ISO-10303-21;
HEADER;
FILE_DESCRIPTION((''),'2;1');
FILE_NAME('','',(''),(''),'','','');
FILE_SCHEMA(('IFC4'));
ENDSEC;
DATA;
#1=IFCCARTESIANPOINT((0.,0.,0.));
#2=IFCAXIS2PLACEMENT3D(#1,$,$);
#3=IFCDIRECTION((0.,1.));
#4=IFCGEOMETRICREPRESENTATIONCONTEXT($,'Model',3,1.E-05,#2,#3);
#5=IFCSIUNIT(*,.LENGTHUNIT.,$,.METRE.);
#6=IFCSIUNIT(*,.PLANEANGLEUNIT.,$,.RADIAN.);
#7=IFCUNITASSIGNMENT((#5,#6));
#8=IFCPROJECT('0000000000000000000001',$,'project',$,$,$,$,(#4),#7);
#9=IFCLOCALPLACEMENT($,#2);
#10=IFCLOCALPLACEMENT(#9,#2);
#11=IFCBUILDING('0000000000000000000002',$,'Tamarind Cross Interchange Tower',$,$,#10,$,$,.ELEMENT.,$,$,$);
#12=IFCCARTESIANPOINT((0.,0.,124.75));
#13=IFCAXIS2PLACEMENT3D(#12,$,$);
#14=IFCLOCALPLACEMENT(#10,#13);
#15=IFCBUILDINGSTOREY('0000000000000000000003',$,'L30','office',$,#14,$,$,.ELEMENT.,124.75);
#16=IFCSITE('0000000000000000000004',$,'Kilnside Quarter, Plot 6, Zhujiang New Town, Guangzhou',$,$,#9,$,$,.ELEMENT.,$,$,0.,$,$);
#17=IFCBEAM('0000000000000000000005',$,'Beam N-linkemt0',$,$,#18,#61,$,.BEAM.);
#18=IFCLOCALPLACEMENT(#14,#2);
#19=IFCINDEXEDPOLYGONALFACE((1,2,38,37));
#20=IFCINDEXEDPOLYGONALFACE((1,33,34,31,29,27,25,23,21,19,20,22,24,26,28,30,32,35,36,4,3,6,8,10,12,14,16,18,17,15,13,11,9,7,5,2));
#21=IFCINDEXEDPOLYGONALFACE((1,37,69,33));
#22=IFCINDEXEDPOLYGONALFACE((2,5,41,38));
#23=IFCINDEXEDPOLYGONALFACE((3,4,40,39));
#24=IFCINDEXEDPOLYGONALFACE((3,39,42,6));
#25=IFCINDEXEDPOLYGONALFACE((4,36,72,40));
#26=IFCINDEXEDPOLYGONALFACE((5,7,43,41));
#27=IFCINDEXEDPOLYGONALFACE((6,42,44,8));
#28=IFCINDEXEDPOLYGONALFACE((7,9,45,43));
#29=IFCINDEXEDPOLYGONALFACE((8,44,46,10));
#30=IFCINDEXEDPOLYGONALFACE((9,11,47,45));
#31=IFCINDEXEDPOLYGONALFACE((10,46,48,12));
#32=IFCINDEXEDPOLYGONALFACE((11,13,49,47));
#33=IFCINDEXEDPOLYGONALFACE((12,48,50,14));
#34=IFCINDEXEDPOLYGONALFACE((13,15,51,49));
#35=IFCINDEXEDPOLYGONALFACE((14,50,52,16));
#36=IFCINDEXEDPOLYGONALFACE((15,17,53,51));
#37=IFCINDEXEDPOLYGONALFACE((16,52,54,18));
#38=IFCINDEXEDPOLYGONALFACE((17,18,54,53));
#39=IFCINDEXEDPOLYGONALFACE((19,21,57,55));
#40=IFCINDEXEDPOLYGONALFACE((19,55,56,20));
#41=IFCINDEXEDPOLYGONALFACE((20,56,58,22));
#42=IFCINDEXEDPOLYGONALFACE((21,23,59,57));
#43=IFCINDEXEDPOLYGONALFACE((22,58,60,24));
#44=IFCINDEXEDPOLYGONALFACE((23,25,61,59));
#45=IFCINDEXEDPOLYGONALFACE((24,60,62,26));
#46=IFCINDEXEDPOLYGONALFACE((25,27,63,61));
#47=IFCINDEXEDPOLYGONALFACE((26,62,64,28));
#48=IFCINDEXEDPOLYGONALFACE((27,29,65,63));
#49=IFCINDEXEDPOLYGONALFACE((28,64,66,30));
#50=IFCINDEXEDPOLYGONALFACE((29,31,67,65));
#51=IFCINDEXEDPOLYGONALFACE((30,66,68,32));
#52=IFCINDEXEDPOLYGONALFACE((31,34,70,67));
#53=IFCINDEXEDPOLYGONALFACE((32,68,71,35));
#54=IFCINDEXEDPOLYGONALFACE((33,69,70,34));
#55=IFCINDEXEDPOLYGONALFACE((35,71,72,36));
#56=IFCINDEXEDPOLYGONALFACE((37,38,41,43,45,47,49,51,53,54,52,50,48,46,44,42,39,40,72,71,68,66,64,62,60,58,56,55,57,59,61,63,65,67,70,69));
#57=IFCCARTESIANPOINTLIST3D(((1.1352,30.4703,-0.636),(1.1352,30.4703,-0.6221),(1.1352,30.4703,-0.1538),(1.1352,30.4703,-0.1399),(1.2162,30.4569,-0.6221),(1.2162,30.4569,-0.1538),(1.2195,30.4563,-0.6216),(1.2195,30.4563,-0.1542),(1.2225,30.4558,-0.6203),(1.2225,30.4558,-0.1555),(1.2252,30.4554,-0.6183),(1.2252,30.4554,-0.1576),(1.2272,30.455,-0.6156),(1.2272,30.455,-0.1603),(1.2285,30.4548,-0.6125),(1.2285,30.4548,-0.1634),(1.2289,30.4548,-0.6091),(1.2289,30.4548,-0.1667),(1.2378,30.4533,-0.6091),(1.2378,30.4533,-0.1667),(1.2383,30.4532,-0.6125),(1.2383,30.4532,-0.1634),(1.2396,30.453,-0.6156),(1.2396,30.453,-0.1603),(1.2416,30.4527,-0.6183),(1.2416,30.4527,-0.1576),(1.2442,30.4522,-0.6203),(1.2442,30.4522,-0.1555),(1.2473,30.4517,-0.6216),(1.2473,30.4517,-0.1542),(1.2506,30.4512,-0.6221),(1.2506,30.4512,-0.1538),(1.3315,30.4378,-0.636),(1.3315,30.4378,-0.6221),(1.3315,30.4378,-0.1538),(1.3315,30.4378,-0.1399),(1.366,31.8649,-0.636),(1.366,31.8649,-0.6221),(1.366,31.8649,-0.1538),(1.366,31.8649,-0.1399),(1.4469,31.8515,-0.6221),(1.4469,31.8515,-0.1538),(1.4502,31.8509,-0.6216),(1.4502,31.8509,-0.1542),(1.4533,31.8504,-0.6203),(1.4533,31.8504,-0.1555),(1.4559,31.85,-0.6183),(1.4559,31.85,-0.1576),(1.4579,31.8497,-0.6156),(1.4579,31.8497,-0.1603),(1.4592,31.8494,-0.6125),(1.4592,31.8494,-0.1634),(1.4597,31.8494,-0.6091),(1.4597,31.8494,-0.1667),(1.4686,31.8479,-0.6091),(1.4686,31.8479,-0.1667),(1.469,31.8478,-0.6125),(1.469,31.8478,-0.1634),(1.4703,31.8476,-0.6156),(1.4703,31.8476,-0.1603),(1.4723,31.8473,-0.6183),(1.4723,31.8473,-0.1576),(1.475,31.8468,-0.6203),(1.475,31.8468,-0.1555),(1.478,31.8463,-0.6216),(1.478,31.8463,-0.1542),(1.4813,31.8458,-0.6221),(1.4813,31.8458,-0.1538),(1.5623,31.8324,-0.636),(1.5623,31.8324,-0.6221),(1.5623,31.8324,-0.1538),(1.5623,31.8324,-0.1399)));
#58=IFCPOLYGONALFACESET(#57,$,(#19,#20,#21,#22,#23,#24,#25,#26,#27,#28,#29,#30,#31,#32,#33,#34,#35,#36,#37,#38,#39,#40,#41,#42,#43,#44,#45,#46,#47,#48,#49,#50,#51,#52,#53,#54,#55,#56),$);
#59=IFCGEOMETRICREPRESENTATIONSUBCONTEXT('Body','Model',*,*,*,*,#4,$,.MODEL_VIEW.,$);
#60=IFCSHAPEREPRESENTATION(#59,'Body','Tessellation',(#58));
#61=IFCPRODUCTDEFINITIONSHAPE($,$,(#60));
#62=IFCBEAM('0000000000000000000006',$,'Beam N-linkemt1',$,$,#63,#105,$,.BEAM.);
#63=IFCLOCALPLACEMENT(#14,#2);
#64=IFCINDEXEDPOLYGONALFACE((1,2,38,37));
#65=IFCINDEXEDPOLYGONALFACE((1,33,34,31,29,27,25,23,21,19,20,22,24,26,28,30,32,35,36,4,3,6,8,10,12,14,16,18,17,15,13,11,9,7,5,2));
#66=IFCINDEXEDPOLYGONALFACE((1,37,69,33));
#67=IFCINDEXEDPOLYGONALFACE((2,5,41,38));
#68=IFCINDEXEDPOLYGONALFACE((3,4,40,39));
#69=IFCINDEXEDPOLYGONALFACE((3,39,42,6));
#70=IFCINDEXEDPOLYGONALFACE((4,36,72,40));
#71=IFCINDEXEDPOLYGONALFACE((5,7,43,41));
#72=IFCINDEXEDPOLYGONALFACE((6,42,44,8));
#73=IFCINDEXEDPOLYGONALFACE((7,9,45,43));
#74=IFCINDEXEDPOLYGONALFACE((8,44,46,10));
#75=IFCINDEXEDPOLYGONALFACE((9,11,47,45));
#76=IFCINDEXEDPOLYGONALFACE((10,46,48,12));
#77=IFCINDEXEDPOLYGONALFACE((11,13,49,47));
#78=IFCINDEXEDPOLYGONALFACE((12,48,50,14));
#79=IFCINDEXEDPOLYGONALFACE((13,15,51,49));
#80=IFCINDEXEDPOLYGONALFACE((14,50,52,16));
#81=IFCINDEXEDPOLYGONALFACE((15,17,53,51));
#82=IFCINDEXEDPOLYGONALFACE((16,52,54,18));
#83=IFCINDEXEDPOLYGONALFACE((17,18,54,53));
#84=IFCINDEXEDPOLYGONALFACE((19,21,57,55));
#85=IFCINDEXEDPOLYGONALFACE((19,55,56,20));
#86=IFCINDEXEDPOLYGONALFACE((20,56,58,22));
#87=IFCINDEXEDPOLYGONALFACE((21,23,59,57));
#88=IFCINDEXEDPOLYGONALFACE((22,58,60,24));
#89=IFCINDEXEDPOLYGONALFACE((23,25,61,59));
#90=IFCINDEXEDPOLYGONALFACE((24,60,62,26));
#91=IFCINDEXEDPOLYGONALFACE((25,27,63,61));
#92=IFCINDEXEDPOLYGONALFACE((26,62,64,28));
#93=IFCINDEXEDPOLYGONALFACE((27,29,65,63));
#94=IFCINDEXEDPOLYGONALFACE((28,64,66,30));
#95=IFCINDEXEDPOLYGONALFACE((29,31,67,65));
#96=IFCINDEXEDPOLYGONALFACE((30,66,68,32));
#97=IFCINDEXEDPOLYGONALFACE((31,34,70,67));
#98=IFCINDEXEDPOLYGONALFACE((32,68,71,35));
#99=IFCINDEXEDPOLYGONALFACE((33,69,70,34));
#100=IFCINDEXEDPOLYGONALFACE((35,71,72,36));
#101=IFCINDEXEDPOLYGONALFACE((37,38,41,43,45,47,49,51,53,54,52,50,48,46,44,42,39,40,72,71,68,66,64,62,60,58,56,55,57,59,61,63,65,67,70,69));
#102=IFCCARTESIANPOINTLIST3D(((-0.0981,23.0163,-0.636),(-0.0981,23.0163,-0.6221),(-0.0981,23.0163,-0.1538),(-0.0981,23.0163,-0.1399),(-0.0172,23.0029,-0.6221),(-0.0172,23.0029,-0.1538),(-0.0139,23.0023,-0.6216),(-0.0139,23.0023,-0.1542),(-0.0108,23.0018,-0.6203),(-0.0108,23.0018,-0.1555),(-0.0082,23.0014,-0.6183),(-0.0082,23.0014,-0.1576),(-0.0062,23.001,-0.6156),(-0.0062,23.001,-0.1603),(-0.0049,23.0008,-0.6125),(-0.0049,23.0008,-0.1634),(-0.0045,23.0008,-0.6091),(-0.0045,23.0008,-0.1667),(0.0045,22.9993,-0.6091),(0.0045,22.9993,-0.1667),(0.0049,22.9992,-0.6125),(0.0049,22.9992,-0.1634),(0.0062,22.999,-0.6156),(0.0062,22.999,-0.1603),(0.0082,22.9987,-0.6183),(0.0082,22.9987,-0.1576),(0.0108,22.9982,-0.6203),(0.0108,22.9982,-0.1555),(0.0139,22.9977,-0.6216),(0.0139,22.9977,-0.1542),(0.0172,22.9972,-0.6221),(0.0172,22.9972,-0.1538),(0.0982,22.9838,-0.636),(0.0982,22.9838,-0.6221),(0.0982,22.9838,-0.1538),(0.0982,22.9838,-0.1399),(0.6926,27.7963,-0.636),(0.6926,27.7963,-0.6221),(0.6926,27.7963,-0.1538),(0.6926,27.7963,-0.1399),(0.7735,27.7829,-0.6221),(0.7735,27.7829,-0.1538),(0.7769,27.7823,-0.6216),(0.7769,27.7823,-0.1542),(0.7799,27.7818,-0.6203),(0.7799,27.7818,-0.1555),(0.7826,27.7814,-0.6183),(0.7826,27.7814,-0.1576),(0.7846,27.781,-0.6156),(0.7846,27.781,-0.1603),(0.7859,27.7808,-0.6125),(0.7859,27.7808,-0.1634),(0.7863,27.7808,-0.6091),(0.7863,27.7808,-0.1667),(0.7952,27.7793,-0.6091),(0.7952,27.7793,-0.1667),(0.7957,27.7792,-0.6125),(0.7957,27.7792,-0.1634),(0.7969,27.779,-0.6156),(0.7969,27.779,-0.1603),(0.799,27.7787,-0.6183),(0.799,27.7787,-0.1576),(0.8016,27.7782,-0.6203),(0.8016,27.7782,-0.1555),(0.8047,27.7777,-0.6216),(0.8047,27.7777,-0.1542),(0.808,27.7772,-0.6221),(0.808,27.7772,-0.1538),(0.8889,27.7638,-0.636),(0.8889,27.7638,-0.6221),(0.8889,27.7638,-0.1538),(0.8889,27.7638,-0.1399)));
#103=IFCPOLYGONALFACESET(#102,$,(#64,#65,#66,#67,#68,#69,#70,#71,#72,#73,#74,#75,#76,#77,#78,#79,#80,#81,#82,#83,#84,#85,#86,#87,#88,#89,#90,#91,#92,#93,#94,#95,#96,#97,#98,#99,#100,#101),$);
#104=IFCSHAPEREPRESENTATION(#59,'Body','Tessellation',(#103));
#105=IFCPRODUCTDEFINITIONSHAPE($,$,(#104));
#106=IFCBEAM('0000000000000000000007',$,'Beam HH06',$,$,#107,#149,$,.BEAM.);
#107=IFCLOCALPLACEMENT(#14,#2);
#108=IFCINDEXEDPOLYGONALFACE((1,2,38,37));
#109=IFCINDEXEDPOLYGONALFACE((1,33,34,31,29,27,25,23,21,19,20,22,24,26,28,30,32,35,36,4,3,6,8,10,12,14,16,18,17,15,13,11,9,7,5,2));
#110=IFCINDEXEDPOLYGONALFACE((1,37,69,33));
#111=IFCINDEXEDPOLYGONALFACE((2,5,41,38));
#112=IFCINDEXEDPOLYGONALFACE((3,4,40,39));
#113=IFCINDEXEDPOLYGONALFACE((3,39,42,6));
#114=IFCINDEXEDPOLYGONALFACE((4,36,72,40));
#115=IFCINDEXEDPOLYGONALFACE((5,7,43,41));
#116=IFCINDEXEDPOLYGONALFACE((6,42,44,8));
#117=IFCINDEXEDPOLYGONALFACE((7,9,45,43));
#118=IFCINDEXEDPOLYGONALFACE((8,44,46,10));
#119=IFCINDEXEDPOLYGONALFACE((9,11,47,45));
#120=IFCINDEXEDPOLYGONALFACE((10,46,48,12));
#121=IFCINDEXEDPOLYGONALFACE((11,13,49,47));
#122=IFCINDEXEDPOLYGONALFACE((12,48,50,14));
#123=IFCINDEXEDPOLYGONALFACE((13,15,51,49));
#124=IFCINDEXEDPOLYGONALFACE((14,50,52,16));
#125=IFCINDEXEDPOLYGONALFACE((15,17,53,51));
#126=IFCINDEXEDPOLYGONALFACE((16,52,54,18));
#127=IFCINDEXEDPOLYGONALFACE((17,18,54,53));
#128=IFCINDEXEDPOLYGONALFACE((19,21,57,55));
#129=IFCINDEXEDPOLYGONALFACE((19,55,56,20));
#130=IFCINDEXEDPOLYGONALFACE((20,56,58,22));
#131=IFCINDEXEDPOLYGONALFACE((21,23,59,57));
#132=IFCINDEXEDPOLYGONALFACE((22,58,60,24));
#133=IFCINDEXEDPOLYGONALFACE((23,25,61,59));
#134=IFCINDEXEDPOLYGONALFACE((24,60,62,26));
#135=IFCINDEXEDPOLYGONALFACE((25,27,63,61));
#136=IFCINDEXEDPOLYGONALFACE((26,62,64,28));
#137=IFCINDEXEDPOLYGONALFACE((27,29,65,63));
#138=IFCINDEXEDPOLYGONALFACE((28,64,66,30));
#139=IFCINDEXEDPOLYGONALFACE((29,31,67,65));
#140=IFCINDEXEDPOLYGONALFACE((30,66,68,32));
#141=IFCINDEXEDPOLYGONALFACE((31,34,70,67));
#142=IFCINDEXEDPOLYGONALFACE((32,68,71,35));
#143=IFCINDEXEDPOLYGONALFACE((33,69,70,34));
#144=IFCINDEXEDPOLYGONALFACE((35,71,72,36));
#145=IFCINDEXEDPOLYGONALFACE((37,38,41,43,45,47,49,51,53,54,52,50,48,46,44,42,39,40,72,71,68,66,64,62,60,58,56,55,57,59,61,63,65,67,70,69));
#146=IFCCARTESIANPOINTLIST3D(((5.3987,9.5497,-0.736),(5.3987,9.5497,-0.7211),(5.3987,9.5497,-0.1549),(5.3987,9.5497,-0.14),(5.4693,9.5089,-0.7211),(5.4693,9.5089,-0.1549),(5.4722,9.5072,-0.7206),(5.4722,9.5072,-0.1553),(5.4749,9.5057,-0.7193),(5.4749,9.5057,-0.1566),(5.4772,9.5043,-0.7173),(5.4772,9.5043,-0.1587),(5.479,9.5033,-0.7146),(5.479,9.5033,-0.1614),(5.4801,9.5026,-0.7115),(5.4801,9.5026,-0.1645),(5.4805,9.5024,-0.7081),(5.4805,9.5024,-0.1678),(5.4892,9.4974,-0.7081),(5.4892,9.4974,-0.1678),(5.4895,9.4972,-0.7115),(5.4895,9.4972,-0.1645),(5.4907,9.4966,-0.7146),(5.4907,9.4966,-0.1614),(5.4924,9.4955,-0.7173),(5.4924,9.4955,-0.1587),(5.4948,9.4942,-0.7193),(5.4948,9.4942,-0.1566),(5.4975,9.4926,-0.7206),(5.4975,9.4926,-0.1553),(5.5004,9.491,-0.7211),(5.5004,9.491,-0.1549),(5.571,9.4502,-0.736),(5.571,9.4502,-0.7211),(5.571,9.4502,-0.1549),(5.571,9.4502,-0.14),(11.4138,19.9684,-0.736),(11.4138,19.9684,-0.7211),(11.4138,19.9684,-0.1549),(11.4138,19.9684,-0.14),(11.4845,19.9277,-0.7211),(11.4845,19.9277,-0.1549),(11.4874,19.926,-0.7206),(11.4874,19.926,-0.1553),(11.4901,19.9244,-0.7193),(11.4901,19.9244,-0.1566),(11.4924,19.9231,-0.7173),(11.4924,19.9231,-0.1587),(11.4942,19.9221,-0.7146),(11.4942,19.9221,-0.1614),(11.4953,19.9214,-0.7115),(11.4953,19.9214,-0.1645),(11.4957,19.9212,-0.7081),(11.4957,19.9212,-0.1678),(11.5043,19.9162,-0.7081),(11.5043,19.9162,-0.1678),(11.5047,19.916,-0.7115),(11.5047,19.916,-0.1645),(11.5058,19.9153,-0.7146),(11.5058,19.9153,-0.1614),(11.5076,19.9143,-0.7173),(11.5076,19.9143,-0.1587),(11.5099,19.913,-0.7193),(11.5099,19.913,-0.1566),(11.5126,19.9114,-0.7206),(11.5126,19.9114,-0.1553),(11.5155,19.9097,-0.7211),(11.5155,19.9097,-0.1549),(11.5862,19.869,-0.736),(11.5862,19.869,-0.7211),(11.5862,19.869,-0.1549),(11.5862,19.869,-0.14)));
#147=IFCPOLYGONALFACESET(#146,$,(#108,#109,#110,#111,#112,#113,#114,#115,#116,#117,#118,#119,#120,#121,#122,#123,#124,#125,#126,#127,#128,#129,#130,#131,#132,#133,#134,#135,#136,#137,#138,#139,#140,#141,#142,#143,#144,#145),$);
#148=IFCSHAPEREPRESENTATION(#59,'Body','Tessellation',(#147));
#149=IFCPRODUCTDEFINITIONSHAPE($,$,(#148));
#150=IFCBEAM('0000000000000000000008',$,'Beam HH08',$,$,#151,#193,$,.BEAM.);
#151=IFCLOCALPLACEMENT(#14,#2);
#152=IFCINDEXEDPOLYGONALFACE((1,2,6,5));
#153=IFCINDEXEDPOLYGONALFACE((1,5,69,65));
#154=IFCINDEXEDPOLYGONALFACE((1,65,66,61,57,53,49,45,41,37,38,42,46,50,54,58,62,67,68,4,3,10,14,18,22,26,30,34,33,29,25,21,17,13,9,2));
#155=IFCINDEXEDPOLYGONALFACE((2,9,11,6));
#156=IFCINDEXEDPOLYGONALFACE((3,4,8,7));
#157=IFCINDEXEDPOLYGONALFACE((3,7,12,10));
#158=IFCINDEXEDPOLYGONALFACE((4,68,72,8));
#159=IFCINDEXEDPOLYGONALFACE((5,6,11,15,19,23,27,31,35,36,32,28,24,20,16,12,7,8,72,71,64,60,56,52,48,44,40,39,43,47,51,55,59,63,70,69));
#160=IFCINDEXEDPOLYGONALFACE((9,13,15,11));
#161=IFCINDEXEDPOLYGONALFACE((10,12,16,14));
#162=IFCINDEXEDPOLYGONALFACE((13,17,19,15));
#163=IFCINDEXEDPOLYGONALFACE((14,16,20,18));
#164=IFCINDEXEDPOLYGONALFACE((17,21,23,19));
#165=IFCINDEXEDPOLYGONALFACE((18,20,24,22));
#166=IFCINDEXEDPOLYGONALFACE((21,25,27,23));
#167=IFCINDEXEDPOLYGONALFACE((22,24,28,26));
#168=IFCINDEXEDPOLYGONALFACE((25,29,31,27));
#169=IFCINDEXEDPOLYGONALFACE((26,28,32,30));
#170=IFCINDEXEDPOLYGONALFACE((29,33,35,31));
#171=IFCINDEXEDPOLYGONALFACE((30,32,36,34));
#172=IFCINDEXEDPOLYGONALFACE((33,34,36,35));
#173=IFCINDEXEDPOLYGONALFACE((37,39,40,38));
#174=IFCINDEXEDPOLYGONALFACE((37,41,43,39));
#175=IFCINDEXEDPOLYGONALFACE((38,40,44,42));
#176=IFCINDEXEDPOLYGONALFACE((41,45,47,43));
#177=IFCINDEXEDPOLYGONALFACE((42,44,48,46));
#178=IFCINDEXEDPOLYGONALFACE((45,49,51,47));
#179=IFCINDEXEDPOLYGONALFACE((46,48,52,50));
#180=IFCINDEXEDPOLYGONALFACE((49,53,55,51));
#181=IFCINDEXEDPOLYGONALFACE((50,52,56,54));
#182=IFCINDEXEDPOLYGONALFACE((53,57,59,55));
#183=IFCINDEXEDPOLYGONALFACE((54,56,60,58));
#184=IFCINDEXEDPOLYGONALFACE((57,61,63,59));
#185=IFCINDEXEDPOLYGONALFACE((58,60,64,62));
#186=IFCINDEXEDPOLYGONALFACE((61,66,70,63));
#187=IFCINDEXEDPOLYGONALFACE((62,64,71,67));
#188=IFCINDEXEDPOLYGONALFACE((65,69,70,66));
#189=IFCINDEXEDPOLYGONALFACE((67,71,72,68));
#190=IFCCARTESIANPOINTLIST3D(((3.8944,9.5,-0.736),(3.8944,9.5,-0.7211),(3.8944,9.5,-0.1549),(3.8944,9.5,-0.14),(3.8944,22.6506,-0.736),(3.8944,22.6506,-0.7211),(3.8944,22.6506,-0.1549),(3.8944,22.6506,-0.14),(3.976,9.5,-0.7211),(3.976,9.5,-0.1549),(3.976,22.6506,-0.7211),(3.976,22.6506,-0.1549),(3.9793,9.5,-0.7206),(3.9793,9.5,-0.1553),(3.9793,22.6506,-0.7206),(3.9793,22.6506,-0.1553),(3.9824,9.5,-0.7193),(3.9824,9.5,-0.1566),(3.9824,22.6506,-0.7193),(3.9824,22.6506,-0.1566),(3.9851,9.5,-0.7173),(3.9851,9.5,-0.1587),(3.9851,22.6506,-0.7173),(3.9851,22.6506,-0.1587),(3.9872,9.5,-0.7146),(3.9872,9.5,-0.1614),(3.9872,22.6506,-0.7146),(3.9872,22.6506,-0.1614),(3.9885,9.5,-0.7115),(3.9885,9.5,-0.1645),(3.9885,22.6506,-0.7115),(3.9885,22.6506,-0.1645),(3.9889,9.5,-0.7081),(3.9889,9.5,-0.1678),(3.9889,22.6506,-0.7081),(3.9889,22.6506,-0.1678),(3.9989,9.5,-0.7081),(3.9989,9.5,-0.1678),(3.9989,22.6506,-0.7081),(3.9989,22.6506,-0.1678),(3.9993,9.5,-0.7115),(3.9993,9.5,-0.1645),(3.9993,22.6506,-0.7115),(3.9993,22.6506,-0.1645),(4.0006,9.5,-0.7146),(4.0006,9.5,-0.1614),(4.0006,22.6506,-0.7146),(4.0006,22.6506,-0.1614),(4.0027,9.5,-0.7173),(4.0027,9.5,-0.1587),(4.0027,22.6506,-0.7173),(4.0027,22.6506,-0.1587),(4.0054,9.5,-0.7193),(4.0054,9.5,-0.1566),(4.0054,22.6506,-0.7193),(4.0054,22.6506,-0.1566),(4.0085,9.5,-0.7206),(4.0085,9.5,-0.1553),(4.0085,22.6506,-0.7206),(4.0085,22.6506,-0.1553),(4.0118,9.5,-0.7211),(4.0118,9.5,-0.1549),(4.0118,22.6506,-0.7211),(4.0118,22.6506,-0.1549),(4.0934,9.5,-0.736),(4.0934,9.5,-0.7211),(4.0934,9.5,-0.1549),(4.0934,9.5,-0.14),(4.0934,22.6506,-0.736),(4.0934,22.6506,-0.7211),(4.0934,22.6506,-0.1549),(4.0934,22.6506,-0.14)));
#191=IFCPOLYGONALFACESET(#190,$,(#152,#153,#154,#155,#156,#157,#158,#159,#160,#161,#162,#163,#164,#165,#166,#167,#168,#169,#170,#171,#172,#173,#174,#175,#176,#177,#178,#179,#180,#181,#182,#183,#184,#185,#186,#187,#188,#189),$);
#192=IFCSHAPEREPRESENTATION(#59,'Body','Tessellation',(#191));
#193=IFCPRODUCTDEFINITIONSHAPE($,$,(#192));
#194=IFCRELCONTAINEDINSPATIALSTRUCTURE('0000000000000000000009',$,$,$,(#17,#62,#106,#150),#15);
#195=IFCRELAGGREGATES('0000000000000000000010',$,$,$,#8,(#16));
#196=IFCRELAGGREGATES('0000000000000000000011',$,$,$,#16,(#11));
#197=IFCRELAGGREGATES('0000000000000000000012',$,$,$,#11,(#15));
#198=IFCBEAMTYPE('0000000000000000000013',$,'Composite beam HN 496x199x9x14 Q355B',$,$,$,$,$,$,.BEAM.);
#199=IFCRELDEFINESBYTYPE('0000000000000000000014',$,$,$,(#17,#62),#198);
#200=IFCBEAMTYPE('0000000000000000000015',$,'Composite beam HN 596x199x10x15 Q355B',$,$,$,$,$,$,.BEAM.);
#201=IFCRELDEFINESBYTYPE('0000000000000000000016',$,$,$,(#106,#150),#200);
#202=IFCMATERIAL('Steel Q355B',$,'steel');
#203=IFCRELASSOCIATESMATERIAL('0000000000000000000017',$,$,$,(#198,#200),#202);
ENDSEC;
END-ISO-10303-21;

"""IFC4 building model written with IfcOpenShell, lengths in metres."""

from ifc_helpers import new_model, si_unit, direction, frame, origin, origin_2d, place, context, subcontext, project, spatial, i_section, extrude, material, material_profile, profile_set, type_object, element, save


model = new_model("IFC4")

# Units and contexts
model_context = context("Model", 3, precision=1e-05, world=origin(), true_north=direction((0.0, 1.0)))
body_context = subcontext(model_context, "Body", "Model", "MODEL_VIEW")
ifc_project = project(units=[si_unit("LENGTHUNIT", "METRE"), si_unit("PLANEANGLEUNIT", "RADIAN")], contexts=[model_context])

# Site, building, storey
site_placement = place(None, origin())
site = spatial("IfcSite", under=ifc_project, at=site_placement, Name="Kilnside Quarter, Plot 6, Zhujiang New Town, Guangzhou", CompositionType="ELEMENT", RefElevation=0.0)
building_placement = place(site_placement, origin())
building = spatial("IfcBuilding", under=site, at=building_placement, Name="Tamarind Cross Interchange Tower", CompositionType="ELEMENT")
storey_placement = place(building_placement, frame((0.0, 0.0, 124.75)))
storey = spatial("IfcBuildingStorey", under=building, at=storey_placement, Name="L30", Description="office", CompositionType="ELEMENT", Elevation=124.75)

# Beams
ifc_material_1 = material(Name="Steel Q355B", Category="steel")
ifc_material_profile_1 = material_profile(ifc_material_1, i_section(OverallWidth=0.199, OverallDepth=0.4961, WebThickness=0.009, FlangeThickness=0.0139, FilletRadius=0.0129, at=origin_2d()), Name="HN 496x199x9x14")
ifc_profile_set_1 = profile_set([ifc_material_profile_1], Name="Steel Q355B")
beam_type_1 = type_object("IfcBeamType", Name="Composite beam HN 496x199x9x14 Q355B", PredefinedType="BEAM", material=ifc_profile_set_1)
beam_1_placement = place(storey_placement, frame((1.4641, 31.8486, -0.3879), z_axis=(-0.163222, -0.986589, 0.0), x_axis=(0.986589, -0.163222, 0.0)))
element("IfcBeam", 1, at=beam_1_placement, inside=storey, type_object=beam_type_1, Name="Beam N-linkemt0", PredefinedType="BEAM", context=body_context, shape_type="SweptSolid", body=[
    extrude(i_section(OverallWidth=0.199, OverallDepth=0.4961, WebThickness=0.009, FlangeThickness=0.0139, FilletRadius=0.0129, at=origin_2d()), origin(), (0.0, 0.0, 1.0), 1.4136),
])
beam_2_placement = place(storey_placement, frame((0.7908, 27.78, -0.3879), z_axis=(-0.163214, -0.986591, 0.0), x_axis=(0.986591, -0.163214, 0.0)))
element("IfcBeam", 2, at=beam_2_placement, inside=storey, type_object=beam_type_1, Name="Beam N-linkemt1", PredefinedType="BEAM", context=body_context, shape_type="SweptSolid", body=[
    extrude(i_section(OverallWidth=0.199, OverallDepth=0.4961, WebThickness=0.009, FlangeThickness=0.0139, FilletRadius=0.0129, at=origin_2d()), origin(), (0.0, 0.0, 1.0), 4.845),
])
ifc_material_profile_2 = material_profile(ifc_material_1, i_section(OverallWidth=0.199, OverallDepth=0.5959, WebThickness=0.01, FlangeThickness=0.0149, FilletRadius=0.0129, at=origin_2d()), Name="HN 596x199x10x15")
ifc_profile_set_2 = profile_set([ifc_material_profile_2], Name="Steel Q355B")
beam_type_2 = type_object("IfcBeamType", Name="Composite beam HN 596x199x10x15 Q355B", PredefinedType="BEAM", material=ifc_profile_set_2)
beam_3_placement = place(storey_placement, frame((11.5, 19.9187, -0.438), z_axis=(-0.499994, -0.866029, 0.0), x_axis=(0.866029, -0.499994, 0.0)))
element("IfcBeam", 3, at=beam_3_placement, inside=storey, type_object=beam_type_2, Name="Beam HH06", PredefinedType="BEAM", context=body_context, shape_type="SweptSolid", body=[
    extrude(i_section(OverallWidth=0.199, OverallDepth=0.5959, WebThickness=0.01, FlangeThickness=0.0149, FilletRadius=0.0129, at=origin_2d()), origin(), (0.0, 0.0, 1.0), 12.0305),
])
beam_4_placement = place(storey_placement, frame((3.9939, 22.6506, -0.438), z_axis=(0.0, -1.0, 0.0), x_axis=(1.0, 0.0, 0.0)))
element("IfcBeam", 4, at=beam_4_placement, inside=storey, type_object=beam_type_2, Name="Beam HH08", PredefinedType="BEAM", context=body_context, shape_type="SweptSolid", body=[
    extrude(i_section(OverallWidth=0.199, OverallDepth=0.5959, WebThickness=0.01, FlangeThickness=0.0149, FilletRadius=0.0129, at=origin_2d()), origin(), (0.0, 0.0, 1.0), 13.1506),
])

save(model, "model.ifc")
